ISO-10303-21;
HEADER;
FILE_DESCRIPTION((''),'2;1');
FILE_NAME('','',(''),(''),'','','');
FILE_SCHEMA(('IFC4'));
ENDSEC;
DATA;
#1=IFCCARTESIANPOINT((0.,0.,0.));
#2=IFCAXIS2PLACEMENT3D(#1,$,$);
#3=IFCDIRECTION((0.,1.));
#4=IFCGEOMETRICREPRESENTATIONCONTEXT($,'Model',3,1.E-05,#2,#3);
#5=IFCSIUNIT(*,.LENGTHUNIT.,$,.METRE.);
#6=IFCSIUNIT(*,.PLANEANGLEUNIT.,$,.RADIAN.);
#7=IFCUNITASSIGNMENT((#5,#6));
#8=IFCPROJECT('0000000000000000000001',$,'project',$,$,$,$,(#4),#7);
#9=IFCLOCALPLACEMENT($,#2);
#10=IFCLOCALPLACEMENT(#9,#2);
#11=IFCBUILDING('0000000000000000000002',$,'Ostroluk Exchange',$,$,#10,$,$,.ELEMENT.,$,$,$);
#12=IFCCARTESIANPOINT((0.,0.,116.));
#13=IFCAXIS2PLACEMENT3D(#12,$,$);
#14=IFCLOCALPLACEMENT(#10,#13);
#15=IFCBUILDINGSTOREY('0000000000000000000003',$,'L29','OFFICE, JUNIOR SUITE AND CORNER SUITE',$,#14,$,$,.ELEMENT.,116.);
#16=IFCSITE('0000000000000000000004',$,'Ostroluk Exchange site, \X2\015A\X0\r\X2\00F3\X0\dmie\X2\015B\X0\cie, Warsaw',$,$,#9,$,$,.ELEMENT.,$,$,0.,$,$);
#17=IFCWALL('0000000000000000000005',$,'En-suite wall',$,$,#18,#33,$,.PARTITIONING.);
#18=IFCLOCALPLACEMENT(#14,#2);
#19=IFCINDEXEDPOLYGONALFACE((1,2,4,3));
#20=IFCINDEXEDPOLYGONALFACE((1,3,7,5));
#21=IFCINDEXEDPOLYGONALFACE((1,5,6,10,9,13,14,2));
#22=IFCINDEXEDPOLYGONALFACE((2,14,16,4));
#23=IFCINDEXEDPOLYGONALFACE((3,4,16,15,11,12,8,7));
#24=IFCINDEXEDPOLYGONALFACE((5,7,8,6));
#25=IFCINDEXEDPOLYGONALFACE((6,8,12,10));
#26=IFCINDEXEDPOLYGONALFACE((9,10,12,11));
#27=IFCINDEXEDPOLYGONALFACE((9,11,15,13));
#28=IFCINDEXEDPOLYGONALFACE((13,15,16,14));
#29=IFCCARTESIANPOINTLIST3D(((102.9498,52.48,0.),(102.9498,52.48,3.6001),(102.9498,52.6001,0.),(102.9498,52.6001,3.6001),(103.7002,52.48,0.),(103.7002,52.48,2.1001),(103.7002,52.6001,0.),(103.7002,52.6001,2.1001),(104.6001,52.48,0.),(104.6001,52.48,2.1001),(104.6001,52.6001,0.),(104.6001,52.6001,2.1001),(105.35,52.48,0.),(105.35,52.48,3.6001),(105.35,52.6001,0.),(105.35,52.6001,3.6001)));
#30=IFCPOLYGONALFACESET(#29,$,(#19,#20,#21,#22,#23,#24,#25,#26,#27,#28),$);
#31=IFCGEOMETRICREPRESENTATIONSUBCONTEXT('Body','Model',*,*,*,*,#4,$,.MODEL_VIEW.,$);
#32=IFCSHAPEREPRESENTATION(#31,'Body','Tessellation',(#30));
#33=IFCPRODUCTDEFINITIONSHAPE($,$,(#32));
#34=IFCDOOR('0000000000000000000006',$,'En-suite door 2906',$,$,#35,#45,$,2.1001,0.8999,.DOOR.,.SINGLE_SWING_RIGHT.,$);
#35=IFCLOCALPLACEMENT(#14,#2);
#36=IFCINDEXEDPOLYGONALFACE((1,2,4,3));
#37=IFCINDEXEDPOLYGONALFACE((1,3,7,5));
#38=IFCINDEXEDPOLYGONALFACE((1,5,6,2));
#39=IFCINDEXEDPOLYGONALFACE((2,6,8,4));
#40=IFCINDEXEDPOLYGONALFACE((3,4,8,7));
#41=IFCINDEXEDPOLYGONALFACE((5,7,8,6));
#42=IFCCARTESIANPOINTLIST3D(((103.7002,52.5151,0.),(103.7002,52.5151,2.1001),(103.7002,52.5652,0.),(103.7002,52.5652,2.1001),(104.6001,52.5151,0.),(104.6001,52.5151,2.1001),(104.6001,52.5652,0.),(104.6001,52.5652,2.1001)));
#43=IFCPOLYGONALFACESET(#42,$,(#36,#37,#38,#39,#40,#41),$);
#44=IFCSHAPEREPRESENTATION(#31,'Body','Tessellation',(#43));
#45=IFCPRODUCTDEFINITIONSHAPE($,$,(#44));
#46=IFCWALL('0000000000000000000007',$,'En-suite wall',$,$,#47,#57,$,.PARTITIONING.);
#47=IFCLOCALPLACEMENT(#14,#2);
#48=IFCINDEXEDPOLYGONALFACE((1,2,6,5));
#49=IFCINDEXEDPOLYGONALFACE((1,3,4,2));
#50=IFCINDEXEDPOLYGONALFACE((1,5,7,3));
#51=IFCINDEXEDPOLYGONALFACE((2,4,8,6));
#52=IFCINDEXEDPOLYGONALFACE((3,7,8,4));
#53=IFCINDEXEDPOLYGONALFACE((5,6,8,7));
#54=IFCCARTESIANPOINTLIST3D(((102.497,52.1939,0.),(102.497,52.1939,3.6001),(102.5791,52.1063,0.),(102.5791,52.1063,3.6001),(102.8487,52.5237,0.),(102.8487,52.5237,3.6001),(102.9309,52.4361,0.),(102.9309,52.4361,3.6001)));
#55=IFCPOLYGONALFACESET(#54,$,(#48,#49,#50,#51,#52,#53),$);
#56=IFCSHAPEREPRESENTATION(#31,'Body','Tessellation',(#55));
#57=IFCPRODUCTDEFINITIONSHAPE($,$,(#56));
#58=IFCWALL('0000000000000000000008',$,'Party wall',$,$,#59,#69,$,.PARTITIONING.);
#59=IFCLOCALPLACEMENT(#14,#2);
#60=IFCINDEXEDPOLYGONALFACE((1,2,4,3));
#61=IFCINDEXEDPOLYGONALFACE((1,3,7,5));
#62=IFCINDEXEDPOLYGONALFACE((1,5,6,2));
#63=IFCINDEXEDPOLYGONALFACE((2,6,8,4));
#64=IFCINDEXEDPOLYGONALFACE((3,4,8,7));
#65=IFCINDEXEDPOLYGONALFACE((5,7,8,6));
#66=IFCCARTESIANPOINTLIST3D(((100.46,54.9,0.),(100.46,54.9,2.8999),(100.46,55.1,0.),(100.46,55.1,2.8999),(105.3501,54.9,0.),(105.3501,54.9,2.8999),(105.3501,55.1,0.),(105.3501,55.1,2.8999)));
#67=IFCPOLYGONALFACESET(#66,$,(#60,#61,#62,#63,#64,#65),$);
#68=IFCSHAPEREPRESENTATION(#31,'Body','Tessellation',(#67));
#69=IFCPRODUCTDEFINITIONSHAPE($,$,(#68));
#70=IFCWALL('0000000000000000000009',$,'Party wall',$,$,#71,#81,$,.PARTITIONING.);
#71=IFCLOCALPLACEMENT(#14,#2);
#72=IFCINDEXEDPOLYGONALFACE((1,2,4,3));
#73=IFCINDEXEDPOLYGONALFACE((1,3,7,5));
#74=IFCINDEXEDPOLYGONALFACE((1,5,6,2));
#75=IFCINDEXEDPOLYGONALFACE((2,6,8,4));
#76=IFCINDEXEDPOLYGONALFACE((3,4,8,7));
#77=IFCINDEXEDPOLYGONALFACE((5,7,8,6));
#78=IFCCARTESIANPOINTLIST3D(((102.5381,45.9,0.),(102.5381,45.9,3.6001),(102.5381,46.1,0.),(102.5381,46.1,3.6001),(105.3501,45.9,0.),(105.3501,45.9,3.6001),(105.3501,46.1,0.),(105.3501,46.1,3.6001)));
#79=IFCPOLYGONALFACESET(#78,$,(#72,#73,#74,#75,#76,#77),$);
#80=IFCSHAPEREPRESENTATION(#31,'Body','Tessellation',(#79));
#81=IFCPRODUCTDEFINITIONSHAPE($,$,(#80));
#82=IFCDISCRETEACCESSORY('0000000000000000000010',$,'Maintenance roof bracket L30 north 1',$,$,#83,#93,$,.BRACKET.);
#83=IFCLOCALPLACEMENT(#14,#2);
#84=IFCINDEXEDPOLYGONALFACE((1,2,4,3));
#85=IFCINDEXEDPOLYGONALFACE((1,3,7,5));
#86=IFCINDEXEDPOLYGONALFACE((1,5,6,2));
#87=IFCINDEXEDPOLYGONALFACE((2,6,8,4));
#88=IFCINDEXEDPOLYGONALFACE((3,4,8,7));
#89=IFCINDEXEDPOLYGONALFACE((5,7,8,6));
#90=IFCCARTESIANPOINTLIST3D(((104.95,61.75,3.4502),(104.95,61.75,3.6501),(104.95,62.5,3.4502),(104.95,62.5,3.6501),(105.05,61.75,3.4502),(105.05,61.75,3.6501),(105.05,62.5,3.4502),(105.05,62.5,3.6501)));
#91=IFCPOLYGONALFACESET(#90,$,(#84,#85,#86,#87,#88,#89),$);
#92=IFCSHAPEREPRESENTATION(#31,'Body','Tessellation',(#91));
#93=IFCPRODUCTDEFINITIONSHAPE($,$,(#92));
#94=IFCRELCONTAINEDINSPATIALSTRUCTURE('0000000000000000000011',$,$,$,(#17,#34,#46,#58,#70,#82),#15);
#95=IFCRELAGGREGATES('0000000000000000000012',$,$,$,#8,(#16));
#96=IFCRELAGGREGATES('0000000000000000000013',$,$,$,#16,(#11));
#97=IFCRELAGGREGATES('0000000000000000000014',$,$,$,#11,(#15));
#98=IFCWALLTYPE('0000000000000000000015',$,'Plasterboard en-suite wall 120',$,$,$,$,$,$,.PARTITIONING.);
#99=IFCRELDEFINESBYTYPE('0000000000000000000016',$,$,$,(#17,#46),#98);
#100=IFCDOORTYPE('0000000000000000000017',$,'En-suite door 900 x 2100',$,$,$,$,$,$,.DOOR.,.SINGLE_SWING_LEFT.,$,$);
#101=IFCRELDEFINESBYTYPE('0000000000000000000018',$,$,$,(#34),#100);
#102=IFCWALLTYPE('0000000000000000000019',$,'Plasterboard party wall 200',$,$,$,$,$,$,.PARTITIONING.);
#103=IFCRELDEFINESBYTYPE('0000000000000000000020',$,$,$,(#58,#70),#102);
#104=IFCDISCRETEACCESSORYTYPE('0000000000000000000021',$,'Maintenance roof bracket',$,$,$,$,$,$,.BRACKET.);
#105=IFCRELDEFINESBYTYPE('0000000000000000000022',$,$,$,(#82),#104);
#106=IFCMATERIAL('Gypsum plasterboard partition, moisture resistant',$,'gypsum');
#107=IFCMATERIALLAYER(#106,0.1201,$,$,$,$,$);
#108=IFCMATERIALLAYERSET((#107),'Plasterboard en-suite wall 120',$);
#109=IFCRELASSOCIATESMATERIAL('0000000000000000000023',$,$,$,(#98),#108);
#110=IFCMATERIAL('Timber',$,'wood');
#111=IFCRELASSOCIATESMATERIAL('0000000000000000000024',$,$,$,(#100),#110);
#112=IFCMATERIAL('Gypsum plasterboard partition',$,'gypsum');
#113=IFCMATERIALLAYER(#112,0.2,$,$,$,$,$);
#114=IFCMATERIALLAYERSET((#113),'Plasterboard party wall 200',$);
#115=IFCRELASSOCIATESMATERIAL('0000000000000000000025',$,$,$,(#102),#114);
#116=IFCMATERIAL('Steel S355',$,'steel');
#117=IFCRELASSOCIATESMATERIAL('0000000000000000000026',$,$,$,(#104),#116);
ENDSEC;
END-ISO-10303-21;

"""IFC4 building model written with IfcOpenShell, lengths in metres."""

from ifc_helpers import new_model, si_unit, direction, frame, frame_2d, origin, origin_2d, place, context, subcontext, project, spatial, rectangle, extrude, material, layer, layer_set, type_object, element, fill, save


model = new_model("IFC4")

# Units and contexts
model_context = context("Model", 3, precision=1e-05, world=origin(), true_north=direction((0.0, 1.0)))
body_context = subcontext(model_context, "Body", "Model", "MODEL_VIEW")
ifc_project = project(units=[si_unit("LENGTHUNIT", "METRE"), si_unit("PLANEANGLEUNIT", "RADIAN")], contexts=[model_context])

# Site, building, storey
site_placement = place(None, origin())
site = spatial("IfcSite", under=ifc_project, at=site_placement, Name="Ostroluk Exchange site, Śródmieście, Warsaw", CompositionType="ELEMENT", RefElevation=0.0)
building_placement = place(site_placement, origin())
building = spatial("IfcBuilding", under=site, at=building_placement, Name="Ostroluk Exchange", CompositionType="ELEMENT")
storey_placement = place(building_placement, frame((0.0, 0.0, 116.0)))
storey = spatial("IfcBuildingStorey", under=building, at=storey_placement, Name="L29", Description="OFFICE, JUNIOR SUITE AND CORNER SUITE", CompositionType="ELEMENT", Elevation=116.0)

# Shared definitions
ifc_material_1 = material(Name="Gypsum plasterboard partition, moisture resistant", Category="gypsum")
ifc_layer_1 = layer(ifc_material_1, 0.1201)
ifc_layer_set_1 = layer_set([ifc_layer_1], Name="Plasterboard en-suite wall 120")
wall_type_1 = type_object("IfcWallType", Name="Plasterboard en-suite wall 120", PredefinedType="PARTITIONING", material=ifc_layer_set_1)
ifc_material_2 = material(Name="Timber", Category="wood")
door_type_1 = type_object("IfcDoorType", Name="En-suite door 900 x 2100", OperationType="SINGLE_SWING_LEFT", PredefinedType="DOOR", material=ifc_material_2)

# Wall, opening, door
wall_1_placement = place(storey_placement, frame((105.3501, 52.54, 0.0), z_axis=(0.0, 0.0, 1.0), x_axis=(-1.0, 0.0, 0.0)))
wall_1 = element("IfcWall", 1, at=wall_1_placement, inside=storey, type_object=wall_type_1, Name="En-suite wall", PredefinedType="PARTITIONING", context=body_context, shape_type="SweptSolid", body=[
    extrude(rectangle(XDim=2.4001, YDim=0.1201, at=frame_2d((1.2002, 0.0))), origin(), (0.0, 0.0, 1.0), 3.6001),
])
opening_1_placement = place(wall_1_placement, frame((0.75, 0.0, 0.0)))
opening_1 = element("IfcOpeningElement", 2, at=opening_1_placement, cuts=wall_1, PredefinedType="OPENING", context=body_context, shape_type="SweptSolid", body=[
    extrude(rectangle(XDim=0.8999, YDim=2.1001, at=frame_2d((0.45, 1.05))), frame((0.0, 0.0701, 0.0), z_axis=(0.0, -1.0, 0.0), x_axis=(1.0, 0.0, 0.0)), (0.0, 0.0, 1.0), 0.1401),
])
door_1_placement = place(opening_1_placement, origin())
door_1 = element("IfcDoor", 3, at=door_1_placement, inside=storey, type_object=door_type_1, Name="En-suite door 2906", OperationType="SINGLE_SWING_RIGHT", OverallHeight=2.1001, OverallWidth=0.8999, PredefinedType="DOOR", context=body_context, shape_type="SweptSolid", body=[
    extrude(rectangle(XDim=0.8999, YDim=2.1001, at=frame_2d((0.45, 1.05))), frame((0.0, 0.0249, 0.0), z_axis=(0.0, -1.0, 0.0), x_axis=(1.0, 0.0, 0.0)), (0.0, 0.0, 1.0), 0.05),
])
fill(opening_1, door_1)

# Walls
wall_2_placement = place(storey_placement, frame((102.8899, 52.48, 0.0), z_axis=(0.0, 0.0, 1.0), x_axis=(-0.729521, -0.683958, 0.0)))
element("IfcWall", 4, at=wall_2_placement, inside=storey, type_object=wall_type_1, Name="En-suite wall", PredefinedType="PARTITIONING", context=body_context, shape_type="SweptSolid", body=[
    extrude(rectangle(XDim=0.4822, YDim=0.1201, at=frame_2d((0.2412, 0.0))), origin(), (0.0, 0.0, 1.0), 3.6001),
])
ifc_material_3 = material(Name="Gypsum plasterboard partition", Category="gypsum")
ifc_layer_2 = layer(ifc_material_3, 0.2)
ifc_layer_set_2 = layer_set([ifc_layer_2], Name="Plasterboard party wall 200")
wall_type_2 = type_object("IfcWallType", Name="Plasterboard party wall 200", PredefinedType="PARTITIONING", material=ifc_layer_set_2)
wall_3_placement = place(storey_placement, frame((105.3501, 55.0, 0.0), z_axis=(0.0, 0.0, 1.0), x_axis=(-1.0, 0.0, 0.0)))
element("IfcWall", 5, at=wall_3_placement, inside=storey, type_object=wall_type_2, Name="Party wall", PredefinedType="PARTITIONING", context=body_context, shape_type="SweptSolid", body=[
    extrude(rectangle(XDim=4.8901, YDim=0.2, at=frame_2d((2.4451, 0.0))), origin(), (0.0, 0.0, 1.0), 2.8999),
])
wall_4_placement = place(storey_placement, frame((105.3501, 46.0, 0.0), z_axis=(0.0, 0.0, 1.0), x_axis=(-1.0, 0.0, 0.0)))
element("IfcWall", 6, at=wall_4_placement, inside=storey, type_object=wall_type_2, Name="Party wall", PredefinedType="PARTITIONING", context=body_context, shape_type="SweptSolid", body=[
    extrude(rectangle(XDim=2.812, YDim=0.2, at=frame_2d((1.406, 0.0))), origin(), (0.0, 0.0, 1.0), 3.6001),
])

# Discrete accessory
ifc_material_4 = material(Name="Steel S355", Category="steel")
discrete_accessory_type = type_object("IfcDiscreteAccessoryType", Name="Maintenance roof bracket", PredefinedType="BRACKET", material=ifc_material_4)
discrete_accessory_placement = place(storey_placement, frame((105.0, 62.125, 3.4502), z_axis=(0.0, 0.0, 1.0), x_axis=(1.0, 0.0, 0.0)))
element("IfcDiscreteAccessory", 7, at=discrete_accessory_placement, inside=storey, type_object=discrete_accessory_type, Name="Maintenance roof bracket L30 north 1", PredefinedType="BRACKET", context=body_context, shape_type="SweptSolid", body=[
    extrude(rectangle(XDim=0.1001, YDim=0.75, at=origin_2d()), origin(), (0.0, 0.0, 1.0), 0.2),
])

save(model, "model.ifc")
